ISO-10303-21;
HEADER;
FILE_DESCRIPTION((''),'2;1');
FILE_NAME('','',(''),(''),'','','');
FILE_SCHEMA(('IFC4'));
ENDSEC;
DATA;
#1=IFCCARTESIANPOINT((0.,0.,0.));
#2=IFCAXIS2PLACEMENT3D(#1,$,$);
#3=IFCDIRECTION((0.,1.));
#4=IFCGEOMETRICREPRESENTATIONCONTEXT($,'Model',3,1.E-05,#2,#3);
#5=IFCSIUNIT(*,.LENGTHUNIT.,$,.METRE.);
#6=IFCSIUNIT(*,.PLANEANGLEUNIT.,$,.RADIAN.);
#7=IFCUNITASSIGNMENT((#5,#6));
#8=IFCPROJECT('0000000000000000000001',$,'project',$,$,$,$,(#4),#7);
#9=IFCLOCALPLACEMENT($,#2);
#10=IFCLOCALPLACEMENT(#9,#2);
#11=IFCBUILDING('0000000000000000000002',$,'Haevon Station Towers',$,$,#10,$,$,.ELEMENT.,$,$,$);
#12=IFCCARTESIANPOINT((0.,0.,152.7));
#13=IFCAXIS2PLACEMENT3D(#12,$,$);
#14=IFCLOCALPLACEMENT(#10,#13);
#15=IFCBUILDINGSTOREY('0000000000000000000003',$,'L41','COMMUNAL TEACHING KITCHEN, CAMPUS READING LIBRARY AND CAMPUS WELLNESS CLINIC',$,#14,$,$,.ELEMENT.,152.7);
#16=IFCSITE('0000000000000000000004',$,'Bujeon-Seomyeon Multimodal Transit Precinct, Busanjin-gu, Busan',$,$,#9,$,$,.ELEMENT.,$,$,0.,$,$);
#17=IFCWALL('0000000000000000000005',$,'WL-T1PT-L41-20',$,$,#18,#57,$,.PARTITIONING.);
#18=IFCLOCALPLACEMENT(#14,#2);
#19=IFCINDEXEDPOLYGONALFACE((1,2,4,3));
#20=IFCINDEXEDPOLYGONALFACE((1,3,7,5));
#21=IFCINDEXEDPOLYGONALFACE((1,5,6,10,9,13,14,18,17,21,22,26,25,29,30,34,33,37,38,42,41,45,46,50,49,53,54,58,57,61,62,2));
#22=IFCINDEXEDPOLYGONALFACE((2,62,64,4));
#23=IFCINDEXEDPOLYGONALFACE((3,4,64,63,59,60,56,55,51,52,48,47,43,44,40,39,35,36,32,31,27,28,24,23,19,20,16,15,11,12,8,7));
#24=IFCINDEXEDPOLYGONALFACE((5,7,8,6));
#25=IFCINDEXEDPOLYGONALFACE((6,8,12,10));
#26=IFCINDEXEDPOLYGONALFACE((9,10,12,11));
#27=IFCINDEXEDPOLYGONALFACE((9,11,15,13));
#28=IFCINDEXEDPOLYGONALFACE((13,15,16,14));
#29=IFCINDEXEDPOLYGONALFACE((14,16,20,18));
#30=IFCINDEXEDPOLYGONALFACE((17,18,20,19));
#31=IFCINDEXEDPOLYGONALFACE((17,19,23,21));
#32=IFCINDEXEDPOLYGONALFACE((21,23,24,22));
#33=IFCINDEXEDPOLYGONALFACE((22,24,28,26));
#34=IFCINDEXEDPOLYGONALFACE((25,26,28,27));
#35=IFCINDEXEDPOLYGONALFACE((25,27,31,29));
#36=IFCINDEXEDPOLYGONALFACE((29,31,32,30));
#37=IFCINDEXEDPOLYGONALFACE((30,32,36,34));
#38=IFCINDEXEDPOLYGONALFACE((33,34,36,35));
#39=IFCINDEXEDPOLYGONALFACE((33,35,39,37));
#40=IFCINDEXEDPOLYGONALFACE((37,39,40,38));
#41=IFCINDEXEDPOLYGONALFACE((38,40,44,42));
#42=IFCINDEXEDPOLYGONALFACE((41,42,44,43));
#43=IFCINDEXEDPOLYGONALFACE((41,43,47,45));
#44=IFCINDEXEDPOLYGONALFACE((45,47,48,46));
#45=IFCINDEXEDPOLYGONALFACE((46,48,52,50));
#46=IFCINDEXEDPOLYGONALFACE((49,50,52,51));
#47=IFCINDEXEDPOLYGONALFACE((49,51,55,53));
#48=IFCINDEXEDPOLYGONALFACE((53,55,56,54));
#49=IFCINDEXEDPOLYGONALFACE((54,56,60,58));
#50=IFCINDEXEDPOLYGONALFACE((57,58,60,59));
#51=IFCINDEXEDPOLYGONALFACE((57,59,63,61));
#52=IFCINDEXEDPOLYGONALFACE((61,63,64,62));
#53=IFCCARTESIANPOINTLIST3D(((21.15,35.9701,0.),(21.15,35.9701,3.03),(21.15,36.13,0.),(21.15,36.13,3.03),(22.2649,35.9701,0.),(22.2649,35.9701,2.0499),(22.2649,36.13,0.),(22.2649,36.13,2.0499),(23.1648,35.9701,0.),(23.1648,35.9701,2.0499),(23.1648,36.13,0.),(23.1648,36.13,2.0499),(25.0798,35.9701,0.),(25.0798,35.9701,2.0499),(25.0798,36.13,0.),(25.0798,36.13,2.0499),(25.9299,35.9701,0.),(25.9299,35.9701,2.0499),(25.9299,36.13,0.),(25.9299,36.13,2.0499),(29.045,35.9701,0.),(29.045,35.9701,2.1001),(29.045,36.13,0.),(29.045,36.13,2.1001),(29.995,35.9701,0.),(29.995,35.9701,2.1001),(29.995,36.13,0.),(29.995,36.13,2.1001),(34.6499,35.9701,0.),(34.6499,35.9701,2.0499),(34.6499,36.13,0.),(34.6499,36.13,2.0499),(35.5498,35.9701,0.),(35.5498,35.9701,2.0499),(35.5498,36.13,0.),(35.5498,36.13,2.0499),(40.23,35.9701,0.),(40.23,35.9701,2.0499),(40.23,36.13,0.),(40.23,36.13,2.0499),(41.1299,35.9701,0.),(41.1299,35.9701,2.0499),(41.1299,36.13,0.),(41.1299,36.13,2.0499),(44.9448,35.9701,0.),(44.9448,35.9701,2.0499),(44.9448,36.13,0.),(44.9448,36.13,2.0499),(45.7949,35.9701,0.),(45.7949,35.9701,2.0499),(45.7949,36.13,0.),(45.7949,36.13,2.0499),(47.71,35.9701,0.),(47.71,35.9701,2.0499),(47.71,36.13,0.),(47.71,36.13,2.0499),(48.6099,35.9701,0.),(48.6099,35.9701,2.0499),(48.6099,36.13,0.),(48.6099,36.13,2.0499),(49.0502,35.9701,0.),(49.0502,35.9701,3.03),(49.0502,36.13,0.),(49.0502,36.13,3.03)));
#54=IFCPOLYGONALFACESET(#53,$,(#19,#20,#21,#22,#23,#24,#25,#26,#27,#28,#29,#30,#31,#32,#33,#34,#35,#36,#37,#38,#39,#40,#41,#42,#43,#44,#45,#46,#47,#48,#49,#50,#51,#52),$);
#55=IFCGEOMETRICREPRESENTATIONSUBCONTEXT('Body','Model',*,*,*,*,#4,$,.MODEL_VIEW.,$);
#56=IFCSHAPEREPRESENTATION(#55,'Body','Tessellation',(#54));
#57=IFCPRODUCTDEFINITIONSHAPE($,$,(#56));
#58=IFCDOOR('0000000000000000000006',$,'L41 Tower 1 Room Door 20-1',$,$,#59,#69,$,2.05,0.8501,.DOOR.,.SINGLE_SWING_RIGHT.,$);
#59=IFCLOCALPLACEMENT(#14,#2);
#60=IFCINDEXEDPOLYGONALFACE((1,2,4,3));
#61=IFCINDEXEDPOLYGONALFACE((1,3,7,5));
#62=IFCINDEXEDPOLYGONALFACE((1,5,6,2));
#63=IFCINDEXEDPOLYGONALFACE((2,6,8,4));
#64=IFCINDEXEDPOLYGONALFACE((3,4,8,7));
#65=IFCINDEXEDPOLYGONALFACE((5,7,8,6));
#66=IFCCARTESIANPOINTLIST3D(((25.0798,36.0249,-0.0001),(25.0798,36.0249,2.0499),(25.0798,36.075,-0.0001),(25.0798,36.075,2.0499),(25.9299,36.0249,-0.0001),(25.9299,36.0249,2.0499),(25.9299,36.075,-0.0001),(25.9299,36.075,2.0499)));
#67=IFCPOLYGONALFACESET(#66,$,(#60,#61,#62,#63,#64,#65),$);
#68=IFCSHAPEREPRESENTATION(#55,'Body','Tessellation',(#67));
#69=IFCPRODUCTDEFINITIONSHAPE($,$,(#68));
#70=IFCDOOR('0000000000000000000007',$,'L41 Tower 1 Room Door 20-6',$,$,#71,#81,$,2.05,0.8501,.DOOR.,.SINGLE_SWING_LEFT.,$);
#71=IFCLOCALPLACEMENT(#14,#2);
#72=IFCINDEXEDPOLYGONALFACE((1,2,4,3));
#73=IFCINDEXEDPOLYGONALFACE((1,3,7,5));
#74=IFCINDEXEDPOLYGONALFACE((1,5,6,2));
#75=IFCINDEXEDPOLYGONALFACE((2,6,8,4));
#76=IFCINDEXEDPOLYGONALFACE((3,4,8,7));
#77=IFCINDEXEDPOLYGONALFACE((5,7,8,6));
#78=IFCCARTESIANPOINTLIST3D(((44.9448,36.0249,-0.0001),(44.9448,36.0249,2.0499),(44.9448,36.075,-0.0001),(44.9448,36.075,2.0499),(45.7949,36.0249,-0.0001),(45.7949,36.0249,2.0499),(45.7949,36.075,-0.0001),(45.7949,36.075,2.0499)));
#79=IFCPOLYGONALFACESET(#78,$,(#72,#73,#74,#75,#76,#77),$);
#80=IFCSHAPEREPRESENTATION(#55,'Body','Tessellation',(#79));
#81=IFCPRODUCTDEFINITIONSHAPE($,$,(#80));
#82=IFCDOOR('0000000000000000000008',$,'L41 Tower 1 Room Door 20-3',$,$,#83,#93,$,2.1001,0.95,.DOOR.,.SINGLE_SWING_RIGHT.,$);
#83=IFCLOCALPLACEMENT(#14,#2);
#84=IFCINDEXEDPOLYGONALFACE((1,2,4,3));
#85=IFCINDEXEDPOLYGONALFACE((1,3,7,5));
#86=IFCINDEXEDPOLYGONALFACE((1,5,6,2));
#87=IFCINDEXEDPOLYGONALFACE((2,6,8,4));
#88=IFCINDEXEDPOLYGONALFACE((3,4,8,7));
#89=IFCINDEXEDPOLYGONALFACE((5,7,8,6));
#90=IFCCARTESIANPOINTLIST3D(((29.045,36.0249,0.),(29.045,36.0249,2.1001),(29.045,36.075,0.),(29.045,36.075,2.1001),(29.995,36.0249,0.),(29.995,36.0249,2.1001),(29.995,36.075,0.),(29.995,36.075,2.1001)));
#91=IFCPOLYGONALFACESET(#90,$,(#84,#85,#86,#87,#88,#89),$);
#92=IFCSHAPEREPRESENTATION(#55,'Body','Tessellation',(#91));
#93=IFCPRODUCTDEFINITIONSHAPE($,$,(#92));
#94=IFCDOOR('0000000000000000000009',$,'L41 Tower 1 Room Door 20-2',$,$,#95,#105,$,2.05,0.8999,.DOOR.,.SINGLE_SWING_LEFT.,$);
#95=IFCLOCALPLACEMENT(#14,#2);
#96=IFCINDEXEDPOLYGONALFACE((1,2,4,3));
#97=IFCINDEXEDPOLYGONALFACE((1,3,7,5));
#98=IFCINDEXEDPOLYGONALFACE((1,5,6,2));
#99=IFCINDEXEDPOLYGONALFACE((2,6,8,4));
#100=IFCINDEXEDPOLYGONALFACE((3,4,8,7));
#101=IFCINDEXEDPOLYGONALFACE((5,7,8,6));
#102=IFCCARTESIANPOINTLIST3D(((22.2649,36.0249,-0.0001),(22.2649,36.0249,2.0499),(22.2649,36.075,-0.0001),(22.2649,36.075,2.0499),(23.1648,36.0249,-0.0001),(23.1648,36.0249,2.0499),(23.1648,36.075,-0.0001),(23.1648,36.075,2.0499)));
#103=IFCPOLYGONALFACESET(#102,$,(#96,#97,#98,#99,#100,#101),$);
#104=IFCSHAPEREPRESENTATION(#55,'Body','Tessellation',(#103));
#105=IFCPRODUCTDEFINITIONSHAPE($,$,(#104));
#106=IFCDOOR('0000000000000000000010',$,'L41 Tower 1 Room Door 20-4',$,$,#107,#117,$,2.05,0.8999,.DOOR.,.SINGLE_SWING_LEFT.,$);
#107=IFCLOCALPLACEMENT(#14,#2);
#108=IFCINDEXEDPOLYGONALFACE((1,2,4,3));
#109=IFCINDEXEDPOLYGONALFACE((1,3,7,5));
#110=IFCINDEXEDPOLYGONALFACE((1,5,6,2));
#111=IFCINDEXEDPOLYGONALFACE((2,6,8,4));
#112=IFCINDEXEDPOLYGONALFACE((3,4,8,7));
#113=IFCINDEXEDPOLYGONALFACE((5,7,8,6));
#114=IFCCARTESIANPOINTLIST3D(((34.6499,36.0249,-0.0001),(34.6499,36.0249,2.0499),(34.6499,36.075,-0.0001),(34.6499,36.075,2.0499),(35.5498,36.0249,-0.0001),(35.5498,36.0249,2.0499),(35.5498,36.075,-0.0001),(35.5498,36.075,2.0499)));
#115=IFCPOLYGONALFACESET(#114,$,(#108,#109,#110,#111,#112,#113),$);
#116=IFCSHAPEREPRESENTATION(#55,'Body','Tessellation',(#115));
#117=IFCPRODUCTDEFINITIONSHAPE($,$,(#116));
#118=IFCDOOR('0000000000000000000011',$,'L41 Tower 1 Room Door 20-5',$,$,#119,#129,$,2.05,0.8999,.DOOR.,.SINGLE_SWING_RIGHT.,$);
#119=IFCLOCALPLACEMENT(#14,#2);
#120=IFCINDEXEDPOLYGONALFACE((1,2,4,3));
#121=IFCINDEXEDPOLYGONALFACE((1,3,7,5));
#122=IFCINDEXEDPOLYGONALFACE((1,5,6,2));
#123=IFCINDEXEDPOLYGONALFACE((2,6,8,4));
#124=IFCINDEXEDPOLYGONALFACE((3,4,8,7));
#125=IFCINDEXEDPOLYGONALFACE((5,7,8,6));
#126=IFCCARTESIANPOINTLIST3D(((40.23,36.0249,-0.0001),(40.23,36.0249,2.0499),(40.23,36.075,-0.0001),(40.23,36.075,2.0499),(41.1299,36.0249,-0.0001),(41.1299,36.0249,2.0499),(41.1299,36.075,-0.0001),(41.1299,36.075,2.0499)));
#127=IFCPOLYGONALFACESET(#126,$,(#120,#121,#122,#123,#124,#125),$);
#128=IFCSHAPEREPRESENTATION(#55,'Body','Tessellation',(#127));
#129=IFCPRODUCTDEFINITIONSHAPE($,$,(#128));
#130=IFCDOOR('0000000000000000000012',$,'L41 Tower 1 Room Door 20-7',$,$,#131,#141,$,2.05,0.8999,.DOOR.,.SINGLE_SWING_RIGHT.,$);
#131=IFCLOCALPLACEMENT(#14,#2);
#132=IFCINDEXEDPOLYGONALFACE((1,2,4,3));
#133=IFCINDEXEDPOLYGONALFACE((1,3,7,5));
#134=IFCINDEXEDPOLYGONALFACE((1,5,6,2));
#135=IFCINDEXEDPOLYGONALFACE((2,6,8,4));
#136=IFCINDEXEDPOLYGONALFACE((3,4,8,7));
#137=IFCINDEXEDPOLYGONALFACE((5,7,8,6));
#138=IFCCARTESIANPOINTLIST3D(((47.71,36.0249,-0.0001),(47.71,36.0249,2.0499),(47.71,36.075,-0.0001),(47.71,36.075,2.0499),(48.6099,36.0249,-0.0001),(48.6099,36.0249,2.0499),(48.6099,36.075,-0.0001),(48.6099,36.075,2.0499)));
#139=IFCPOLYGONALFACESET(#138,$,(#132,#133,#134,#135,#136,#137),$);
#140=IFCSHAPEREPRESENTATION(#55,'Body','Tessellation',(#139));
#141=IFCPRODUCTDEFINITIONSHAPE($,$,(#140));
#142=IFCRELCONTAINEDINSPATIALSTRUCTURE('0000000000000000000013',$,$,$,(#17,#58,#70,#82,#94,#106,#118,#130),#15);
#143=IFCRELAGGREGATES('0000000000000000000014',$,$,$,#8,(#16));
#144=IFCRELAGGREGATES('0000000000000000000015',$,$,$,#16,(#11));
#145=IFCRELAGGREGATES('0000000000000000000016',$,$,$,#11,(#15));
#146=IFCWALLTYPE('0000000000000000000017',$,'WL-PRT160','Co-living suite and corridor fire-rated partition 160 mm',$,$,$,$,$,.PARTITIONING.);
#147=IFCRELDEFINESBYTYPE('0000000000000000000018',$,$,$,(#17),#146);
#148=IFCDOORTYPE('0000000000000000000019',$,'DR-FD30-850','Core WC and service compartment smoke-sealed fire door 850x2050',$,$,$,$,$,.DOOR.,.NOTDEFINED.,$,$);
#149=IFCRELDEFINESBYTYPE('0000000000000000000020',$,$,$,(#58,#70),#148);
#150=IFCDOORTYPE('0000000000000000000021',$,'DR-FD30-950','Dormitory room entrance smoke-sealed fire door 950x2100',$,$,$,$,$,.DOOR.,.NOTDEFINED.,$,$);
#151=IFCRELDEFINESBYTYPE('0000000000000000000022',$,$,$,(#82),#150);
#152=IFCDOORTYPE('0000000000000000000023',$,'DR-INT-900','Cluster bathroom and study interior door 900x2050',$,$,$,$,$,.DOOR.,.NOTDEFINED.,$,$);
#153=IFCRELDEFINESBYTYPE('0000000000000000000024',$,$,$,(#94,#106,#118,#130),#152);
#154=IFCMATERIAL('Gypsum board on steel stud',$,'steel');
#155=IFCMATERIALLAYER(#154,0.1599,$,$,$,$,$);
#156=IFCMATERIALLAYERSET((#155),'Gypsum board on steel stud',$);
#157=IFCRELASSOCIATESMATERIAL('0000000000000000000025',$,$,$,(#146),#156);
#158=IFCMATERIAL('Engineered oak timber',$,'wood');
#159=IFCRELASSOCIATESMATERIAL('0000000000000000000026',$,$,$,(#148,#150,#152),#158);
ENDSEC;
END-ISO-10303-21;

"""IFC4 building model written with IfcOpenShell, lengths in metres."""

from ifc_helpers import new_model, si_unit, direction, frame, frame_2d, origin, place, context, subcontext, project, spatial, rectangle, extrude, material, layer, layer_set, type_object, element, fill, save


model = new_model("IFC4")

# Units and contexts
model_context = context("Model", 3, precision=1e-05, world=origin(), true_north=direction((0.0, 1.0)))
body_context = subcontext(model_context, "Body", "Model", "MODEL_VIEW")
ifc_project = project(units=[si_unit("LENGTHUNIT", "METRE"), si_unit("PLANEANGLEUNIT", "RADIAN")], contexts=[model_context])

# Site, building, storey
site_placement = place(None, origin())
site = spatial("IfcSite", under=ifc_project, at=site_placement, Name="Bujeon-Seomyeon Multimodal Transit Precinct, Busanjin-gu, Busan", CompositionType="ELEMENT", RefElevation=0.0)
building_placement = place(site_placement, origin())
building = spatial("IfcBuilding", under=site, at=building_placement, Name="Haevon Station Towers", CompositionType="ELEMENT")
storey_placement = place(building_placement, frame((0.0, 0.0, 152.7)))
storey = spatial("IfcBuildingStorey", under=building, at=storey_placement, Name="L41", Description="COMMUNAL TEACHING KITCHEN, CAMPUS READING LIBRARY AND CAMPUS WELLNESS CLINIC", CompositionType="ELEMENT", Elevation=152.7)

# Shared definitions
ifc_material_1 = material(Name="Gypsum board on steel stud", Category="steel")
ifc_material_2 = material(Name="Engineered oak timber", Category="wood")

# Shared definitions
ifc_layer_1 = layer(ifc_material_1, 0.1599)
ifc_layer_set_1 = layer_set([ifc_layer_1], Name="Gypsum board on steel stud")
wall_type_1 = type_object("IfcWallType", Name="WL-PRT160", Description="Co-living suite and corridor fire-rated partition 160 mm", PredefinedType="PARTITIONING", material=ifc_layer_set_1)

# Wall, openings, doors
wall_1_placement = place(storey_placement, frame((21.1499, 36.05, 0.0), z_axis=(0.0, 0.0, 1.0), x_axis=(1.0, 0.0, 0.0)))
wall_1 = element("IfcWall", 1, at=wall_1_placement, inside=storey, type_object=wall_type_1, Name="WL-T1PT-L41-20", PredefinedType="PARTITIONING", context=body_context, shape_type="SweptSolid", body=[
    extrude(rectangle(XDim=27.9001, YDim=0.1599, at=frame_2d((13.9502, 0.0))), origin(), (0.0, 0.0, 1.0), 3.03),
])
opening_1_placement = place(wall_1_placement, frame((3.9299, 0.0, 0.0)))
opening_1 = element("IfcOpeningElement", 2, at=opening_1_placement, cuts=wall_1, PredefinedType="OPENING", context=body_context, shape_type="SweptSolid", body=[
    extrude(rectangle(XDim=0.8501, YDim=2.05, at=frame_2d((0.425, 1.0249))), frame((0.0, 0.0898, 0.0), z_axis=(0.0, -1.0, 0.0), x_axis=(1.0, 0.0, 0.0)), (0.0, 0.0, 1.0), 0.1799),
])
opening_2_placement = place(wall_1_placement, frame((1.115, 0.0, 0.0)))
opening_2 = element("IfcOpeningElement", 3, at=opening_2_placement, cuts=wall_1, PredefinedType="OPENING", context=body_context, shape_type="SweptSolid", body=[
    extrude(rectangle(XDim=0.8999, YDim=2.05, at=frame_2d((0.45, 1.0249))), frame((0.0, 0.0898, 0.0), z_axis=(0.0, -1.0, 0.0), x_axis=(1.0, 0.0, 0.0)), (0.0, 0.0, 1.0), 0.1799),
])
opening_3_placement = place(wall_1_placement, frame((7.895, 0.0, 0.0)))
opening_3 = element("IfcOpeningElement", 4, at=opening_3_placement, cuts=wall_1, PredefinedType="OPENING", context=body_context, shape_type="SweptSolid", body=[
    extrude(rectangle(XDim=0.95, YDim=2.1001, at=frame_2d((0.4751, 1.05))), frame((0.0, 0.0898, 0.0), z_axis=(0.0, -1.0, 0.0), x_axis=(1.0, 0.0, 0.0)), (0.0, 0.0, 1.0), 0.1799),
])
opening_4_placement = place(wall_1_placement, frame((13.5, 0.0, 0.0)))
opening_4 = element("IfcOpeningElement", 5, at=opening_4_placement, cuts=wall_1, PredefinedType="OPENING", context=body_context, shape_type="SweptSolid", body=[
    extrude(rectangle(XDim=0.8999, YDim=2.05, at=frame_2d((0.45, 1.0249))), frame((0.0, 0.0898, 0.0), z_axis=(0.0, -1.0, 0.0), x_axis=(1.0, 0.0, 0.0)), (0.0, 0.0, 1.0), 0.1799),
])
opening_5_placement = place(wall_1_placement, frame((19.0801, 0.0, 0.0)))
opening_5 = element("IfcOpeningElement", 6, at=opening_5_placement, cuts=wall_1, PredefinedType="OPENING", context=body_context, shape_type="SweptSolid", body=[
    extrude(rectangle(XDim=0.8999, YDim=2.05, at=frame_2d((0.45, 1.0249))), frame((0.0, 0.0898, 0.0), z_axis=(0.0, -1.0, 0.0), x_axis=(1.0, 0.0, 0.0)), (0.0, 0.0, 1.0), 0.1799),
])
opening_6_placement = place(wall_1_placement, frame((23.7949, 0.0, 0.0)))
opening_6 = element("IfcOpeningElement", 7, at=opening_6_placement, cuts=wall_1, PredefinedType="OPENING", context=body_context, shape_type="SweptSolid", body=[
    extrude(rectangle(XDim=0.8501, YDim=2.05, at=frame_2d((0.425, 1.0249))), frame((0.0, 0.0898, 0.0), z_axis=(0.0, -1.0, 0.0), x_axis=(1.0, 0.0, 0.0)), (0.0, 0.0, 1.0), 0.1799),
])
opening_7_placement = place(wall_1_placement, frame((26.5601, 0.0, 0.0)))
opening_7 = element("IfcOpeningElement", 8, at=opening_7_placement, cuts=wall_1, PredefinedType="OPENING", context=body_context, shape_type="SweptSolid", body=[
    extrude(rectangle(XDim=0.8999, YDim=2.05, at=frame_2d((0.45, 1.0249))), frame((0.0, 0.0898, 0.0), z_axis=(0.0, -1.0, 0.0), x_axis=(1.0, 0.0, 0.0)), (0.0, 0.0, 1.0), 0.1799),
])
door_type_1 = type_object("IfcDoorType", Name="DR-FD30-850", Description="Core WC and service compartment smoke-sealed fire door 850x2050", OperationType="NOTDEFINED", PredefinedType="DOOR", material=ifc_material_2)
door_1_placement = place(opening_1_placement, origin())
door_1 = element("IfcDoor", 9, at=door_1_placement, inside=storey, type_object=door_type_1, Name="L41 Tower 1 Room Door 20-1", OperationType="SINGLE_SWING_RIGHT", OverallHeight=2.05, OverallWidth=0.8501, PredefinedType="DOOR", context=body_context, shape_type="SweptSolid", body=[
    extrude(rectangle(XDim=0.8501, YDim=2.05, at=frame_2d((0.425, 1.0249))), frame((0.0, 0.0249, 0.0), z_axis=(0.0, -1.0, 0.0), x_axis=(1.0, 0.0, 0.0)), (0.0, 0.0, 1.0), 0.05),
])
fill(opening_1, door_1)
door_2_placement = place(opening_6_placement, origin())
door_2 = element("IfcDoor", 10, at=door_2_placement, inside=storey, type_object=door_type_1, Name="L41 Tower 1 Room Door 20-6", OperationType="SINGLE_SWING_LEFT", OverallHeight=2.05, OverallWidth=0.8501, PredefinedType="DOOR", context=body_context, shape_type="SweptSolid", body=[
    extrude(rectangle(XDim=0.8501, YDim=2.05, at=frame_2d((0.425, 1.0249))), frame((0.0, 0.0249, 0.0), z_axis=(0.0, -1.0, 0.0), x_axis=(1.0, 0.0, 0.0)), (0.0, 0.0, 1.0), 0.05),
])
fill(opening_6, door_2)
door_type_2 = type_object("IfcDoorType", Name="DR-FD30-950", Description="Dormitory room entrance smoke-sealed fire door 950x2100", OperationType="NOTDEFINED", PredefinedType="DOOR", material=ifc_material_2)
door_3_placement = place(opening_3_placement, origin())
door_3 = element("IfcDoor", 11, at=door_3_placement, inside=storey, type_object=door_type_2, Name="L41 Tower 1 Room Door 20-3", OperationType="SINGLE_SWING_RIGHT", OverallHeight=2.1001, OverallWidth=0.95, PredefinedType="DOOR", context=body_context, shape_type="SweptSolid", body=[
    extrude(rectangle(XDim=0.95, YDim=2.1001, at=frame_2d((0.4751, 1.05))), frame((0.0, 0.0249, 0.0), z_axis=(0.0, -1.0, 0.0), x_axis=(1.0, 0.0, 0.0)), (0.0, 0.0, 1.0), 0.05),
])
fill(opening_3, door_3)
door_type_3 = type_object("IfcDoorType", Name="DR-INT-900", Description="Cluster bathroom and study interior door 900x2050", OperationType="NOTDEFINED", PredefinedType="DOOR", material=ifc_material_2)
door_4_placement = place(opening_2_placement, origin())
door_4 = element("IfcDoor", 12, at=door_4_placement, inside=storey, type_object=door_type_3, Name="L41 Tower 1 Room Door 20-2", OperationType="SINGLE_SWING_LEFT", OverallHeight=2.05, OverallWidth=0.8999, PredefinedType="DOOR", context=body_context, shape_type="SweptSolid", body=[
    extrude(rectangle(XDim=0.8999, YDim=2.05, at=frame_2d((0.45, 1.0249))), frame((0.0, 0.0249, 0.0), z_axis=(0.0, -1.0, 0.0), x_axis=(1.0, 0.0, 0.0)), (0.0, 0.0, 1.0), 0.05),
])
fill(opening_2, door_4)
door_5_placement = place(opening_4_placement, origin())
door_5 = element("IfcDoor", 13, at=door_5_placement, inside=storey, type_object=door_type_3, Name="L41 Tower 1 Room Door 20-4", OperationType="SINGLE_SWING_LEFT", OverallHeight=2.05, OverallWidth=0.8999, PredefinedType="DOOR", context=body_context, shape_type="SweptSolid", body=[
    extrude(rectangle(XDim=0.8999, YDim=2.05, at=frame_2d((0.45, 1.0249))), frame((0.0, 0.0249, 0.0), z_axis=(0.0, -1.0, 0.0), x_axis=(1.0, 0.0, 0.0)), (0.0, 0.0, 1.0), 0.05),
])
fill(opening_4, door_5)
door_6_placement = place(opening_5_placement, origin())
door_6 = element("IfcDoor", 14, at=door_6_placement, inside=storey, type_object=door_type_3, Name="L41 Tower 1 Room Door 20-5", OperationType="SINGLE_SWING_RIGHT", OverallHeight=2.05, OverallWidth=0.8999, PredefinedType="DOOR", context=body_context, shape_type="SweptSolid", body=[
    extrude(rectangle(XDim=0.8999, YDim=2.05, at=frame_2d((0.45, 1.0249))), frame((0.0, 0.0249, 0.0), z_axis=(0.0, -1.0, 0.0), x_axis=(1.0, 0.0, 0.0)), (0.0, 0.0, 1.0), 0.05),
])
fill(opening_5, door_6)
door_7_placement = place(opening_7_placement, origin())
door_7 = element("IfcDoor", 15, at=door_7_placement, inside=storey, type_object=door_type_3, Name="L41 Tower 1 Room Door 20-7", OperationType="SINGLE_SWING_RIGHT", OverallHeight=2.05, OverallWidth=0.8999, PredefinedType="DOOR", context=body_context, shape_type="SweptSolid", body=[
    extrude(rectangle(XDim=0.8999, YDim=2.05, at=frame_2d((0.45, 1.0249))), frame((0.0, 0.0249, 0.0), z_axis=(0.0, -1.0, 0.0), x_axis=(1.0, 0.0, 0.0)), (0.0, 0.0, 1.0), 0.05),
])
fill(opening_7, door_7)

save(model, "model.ifc")
